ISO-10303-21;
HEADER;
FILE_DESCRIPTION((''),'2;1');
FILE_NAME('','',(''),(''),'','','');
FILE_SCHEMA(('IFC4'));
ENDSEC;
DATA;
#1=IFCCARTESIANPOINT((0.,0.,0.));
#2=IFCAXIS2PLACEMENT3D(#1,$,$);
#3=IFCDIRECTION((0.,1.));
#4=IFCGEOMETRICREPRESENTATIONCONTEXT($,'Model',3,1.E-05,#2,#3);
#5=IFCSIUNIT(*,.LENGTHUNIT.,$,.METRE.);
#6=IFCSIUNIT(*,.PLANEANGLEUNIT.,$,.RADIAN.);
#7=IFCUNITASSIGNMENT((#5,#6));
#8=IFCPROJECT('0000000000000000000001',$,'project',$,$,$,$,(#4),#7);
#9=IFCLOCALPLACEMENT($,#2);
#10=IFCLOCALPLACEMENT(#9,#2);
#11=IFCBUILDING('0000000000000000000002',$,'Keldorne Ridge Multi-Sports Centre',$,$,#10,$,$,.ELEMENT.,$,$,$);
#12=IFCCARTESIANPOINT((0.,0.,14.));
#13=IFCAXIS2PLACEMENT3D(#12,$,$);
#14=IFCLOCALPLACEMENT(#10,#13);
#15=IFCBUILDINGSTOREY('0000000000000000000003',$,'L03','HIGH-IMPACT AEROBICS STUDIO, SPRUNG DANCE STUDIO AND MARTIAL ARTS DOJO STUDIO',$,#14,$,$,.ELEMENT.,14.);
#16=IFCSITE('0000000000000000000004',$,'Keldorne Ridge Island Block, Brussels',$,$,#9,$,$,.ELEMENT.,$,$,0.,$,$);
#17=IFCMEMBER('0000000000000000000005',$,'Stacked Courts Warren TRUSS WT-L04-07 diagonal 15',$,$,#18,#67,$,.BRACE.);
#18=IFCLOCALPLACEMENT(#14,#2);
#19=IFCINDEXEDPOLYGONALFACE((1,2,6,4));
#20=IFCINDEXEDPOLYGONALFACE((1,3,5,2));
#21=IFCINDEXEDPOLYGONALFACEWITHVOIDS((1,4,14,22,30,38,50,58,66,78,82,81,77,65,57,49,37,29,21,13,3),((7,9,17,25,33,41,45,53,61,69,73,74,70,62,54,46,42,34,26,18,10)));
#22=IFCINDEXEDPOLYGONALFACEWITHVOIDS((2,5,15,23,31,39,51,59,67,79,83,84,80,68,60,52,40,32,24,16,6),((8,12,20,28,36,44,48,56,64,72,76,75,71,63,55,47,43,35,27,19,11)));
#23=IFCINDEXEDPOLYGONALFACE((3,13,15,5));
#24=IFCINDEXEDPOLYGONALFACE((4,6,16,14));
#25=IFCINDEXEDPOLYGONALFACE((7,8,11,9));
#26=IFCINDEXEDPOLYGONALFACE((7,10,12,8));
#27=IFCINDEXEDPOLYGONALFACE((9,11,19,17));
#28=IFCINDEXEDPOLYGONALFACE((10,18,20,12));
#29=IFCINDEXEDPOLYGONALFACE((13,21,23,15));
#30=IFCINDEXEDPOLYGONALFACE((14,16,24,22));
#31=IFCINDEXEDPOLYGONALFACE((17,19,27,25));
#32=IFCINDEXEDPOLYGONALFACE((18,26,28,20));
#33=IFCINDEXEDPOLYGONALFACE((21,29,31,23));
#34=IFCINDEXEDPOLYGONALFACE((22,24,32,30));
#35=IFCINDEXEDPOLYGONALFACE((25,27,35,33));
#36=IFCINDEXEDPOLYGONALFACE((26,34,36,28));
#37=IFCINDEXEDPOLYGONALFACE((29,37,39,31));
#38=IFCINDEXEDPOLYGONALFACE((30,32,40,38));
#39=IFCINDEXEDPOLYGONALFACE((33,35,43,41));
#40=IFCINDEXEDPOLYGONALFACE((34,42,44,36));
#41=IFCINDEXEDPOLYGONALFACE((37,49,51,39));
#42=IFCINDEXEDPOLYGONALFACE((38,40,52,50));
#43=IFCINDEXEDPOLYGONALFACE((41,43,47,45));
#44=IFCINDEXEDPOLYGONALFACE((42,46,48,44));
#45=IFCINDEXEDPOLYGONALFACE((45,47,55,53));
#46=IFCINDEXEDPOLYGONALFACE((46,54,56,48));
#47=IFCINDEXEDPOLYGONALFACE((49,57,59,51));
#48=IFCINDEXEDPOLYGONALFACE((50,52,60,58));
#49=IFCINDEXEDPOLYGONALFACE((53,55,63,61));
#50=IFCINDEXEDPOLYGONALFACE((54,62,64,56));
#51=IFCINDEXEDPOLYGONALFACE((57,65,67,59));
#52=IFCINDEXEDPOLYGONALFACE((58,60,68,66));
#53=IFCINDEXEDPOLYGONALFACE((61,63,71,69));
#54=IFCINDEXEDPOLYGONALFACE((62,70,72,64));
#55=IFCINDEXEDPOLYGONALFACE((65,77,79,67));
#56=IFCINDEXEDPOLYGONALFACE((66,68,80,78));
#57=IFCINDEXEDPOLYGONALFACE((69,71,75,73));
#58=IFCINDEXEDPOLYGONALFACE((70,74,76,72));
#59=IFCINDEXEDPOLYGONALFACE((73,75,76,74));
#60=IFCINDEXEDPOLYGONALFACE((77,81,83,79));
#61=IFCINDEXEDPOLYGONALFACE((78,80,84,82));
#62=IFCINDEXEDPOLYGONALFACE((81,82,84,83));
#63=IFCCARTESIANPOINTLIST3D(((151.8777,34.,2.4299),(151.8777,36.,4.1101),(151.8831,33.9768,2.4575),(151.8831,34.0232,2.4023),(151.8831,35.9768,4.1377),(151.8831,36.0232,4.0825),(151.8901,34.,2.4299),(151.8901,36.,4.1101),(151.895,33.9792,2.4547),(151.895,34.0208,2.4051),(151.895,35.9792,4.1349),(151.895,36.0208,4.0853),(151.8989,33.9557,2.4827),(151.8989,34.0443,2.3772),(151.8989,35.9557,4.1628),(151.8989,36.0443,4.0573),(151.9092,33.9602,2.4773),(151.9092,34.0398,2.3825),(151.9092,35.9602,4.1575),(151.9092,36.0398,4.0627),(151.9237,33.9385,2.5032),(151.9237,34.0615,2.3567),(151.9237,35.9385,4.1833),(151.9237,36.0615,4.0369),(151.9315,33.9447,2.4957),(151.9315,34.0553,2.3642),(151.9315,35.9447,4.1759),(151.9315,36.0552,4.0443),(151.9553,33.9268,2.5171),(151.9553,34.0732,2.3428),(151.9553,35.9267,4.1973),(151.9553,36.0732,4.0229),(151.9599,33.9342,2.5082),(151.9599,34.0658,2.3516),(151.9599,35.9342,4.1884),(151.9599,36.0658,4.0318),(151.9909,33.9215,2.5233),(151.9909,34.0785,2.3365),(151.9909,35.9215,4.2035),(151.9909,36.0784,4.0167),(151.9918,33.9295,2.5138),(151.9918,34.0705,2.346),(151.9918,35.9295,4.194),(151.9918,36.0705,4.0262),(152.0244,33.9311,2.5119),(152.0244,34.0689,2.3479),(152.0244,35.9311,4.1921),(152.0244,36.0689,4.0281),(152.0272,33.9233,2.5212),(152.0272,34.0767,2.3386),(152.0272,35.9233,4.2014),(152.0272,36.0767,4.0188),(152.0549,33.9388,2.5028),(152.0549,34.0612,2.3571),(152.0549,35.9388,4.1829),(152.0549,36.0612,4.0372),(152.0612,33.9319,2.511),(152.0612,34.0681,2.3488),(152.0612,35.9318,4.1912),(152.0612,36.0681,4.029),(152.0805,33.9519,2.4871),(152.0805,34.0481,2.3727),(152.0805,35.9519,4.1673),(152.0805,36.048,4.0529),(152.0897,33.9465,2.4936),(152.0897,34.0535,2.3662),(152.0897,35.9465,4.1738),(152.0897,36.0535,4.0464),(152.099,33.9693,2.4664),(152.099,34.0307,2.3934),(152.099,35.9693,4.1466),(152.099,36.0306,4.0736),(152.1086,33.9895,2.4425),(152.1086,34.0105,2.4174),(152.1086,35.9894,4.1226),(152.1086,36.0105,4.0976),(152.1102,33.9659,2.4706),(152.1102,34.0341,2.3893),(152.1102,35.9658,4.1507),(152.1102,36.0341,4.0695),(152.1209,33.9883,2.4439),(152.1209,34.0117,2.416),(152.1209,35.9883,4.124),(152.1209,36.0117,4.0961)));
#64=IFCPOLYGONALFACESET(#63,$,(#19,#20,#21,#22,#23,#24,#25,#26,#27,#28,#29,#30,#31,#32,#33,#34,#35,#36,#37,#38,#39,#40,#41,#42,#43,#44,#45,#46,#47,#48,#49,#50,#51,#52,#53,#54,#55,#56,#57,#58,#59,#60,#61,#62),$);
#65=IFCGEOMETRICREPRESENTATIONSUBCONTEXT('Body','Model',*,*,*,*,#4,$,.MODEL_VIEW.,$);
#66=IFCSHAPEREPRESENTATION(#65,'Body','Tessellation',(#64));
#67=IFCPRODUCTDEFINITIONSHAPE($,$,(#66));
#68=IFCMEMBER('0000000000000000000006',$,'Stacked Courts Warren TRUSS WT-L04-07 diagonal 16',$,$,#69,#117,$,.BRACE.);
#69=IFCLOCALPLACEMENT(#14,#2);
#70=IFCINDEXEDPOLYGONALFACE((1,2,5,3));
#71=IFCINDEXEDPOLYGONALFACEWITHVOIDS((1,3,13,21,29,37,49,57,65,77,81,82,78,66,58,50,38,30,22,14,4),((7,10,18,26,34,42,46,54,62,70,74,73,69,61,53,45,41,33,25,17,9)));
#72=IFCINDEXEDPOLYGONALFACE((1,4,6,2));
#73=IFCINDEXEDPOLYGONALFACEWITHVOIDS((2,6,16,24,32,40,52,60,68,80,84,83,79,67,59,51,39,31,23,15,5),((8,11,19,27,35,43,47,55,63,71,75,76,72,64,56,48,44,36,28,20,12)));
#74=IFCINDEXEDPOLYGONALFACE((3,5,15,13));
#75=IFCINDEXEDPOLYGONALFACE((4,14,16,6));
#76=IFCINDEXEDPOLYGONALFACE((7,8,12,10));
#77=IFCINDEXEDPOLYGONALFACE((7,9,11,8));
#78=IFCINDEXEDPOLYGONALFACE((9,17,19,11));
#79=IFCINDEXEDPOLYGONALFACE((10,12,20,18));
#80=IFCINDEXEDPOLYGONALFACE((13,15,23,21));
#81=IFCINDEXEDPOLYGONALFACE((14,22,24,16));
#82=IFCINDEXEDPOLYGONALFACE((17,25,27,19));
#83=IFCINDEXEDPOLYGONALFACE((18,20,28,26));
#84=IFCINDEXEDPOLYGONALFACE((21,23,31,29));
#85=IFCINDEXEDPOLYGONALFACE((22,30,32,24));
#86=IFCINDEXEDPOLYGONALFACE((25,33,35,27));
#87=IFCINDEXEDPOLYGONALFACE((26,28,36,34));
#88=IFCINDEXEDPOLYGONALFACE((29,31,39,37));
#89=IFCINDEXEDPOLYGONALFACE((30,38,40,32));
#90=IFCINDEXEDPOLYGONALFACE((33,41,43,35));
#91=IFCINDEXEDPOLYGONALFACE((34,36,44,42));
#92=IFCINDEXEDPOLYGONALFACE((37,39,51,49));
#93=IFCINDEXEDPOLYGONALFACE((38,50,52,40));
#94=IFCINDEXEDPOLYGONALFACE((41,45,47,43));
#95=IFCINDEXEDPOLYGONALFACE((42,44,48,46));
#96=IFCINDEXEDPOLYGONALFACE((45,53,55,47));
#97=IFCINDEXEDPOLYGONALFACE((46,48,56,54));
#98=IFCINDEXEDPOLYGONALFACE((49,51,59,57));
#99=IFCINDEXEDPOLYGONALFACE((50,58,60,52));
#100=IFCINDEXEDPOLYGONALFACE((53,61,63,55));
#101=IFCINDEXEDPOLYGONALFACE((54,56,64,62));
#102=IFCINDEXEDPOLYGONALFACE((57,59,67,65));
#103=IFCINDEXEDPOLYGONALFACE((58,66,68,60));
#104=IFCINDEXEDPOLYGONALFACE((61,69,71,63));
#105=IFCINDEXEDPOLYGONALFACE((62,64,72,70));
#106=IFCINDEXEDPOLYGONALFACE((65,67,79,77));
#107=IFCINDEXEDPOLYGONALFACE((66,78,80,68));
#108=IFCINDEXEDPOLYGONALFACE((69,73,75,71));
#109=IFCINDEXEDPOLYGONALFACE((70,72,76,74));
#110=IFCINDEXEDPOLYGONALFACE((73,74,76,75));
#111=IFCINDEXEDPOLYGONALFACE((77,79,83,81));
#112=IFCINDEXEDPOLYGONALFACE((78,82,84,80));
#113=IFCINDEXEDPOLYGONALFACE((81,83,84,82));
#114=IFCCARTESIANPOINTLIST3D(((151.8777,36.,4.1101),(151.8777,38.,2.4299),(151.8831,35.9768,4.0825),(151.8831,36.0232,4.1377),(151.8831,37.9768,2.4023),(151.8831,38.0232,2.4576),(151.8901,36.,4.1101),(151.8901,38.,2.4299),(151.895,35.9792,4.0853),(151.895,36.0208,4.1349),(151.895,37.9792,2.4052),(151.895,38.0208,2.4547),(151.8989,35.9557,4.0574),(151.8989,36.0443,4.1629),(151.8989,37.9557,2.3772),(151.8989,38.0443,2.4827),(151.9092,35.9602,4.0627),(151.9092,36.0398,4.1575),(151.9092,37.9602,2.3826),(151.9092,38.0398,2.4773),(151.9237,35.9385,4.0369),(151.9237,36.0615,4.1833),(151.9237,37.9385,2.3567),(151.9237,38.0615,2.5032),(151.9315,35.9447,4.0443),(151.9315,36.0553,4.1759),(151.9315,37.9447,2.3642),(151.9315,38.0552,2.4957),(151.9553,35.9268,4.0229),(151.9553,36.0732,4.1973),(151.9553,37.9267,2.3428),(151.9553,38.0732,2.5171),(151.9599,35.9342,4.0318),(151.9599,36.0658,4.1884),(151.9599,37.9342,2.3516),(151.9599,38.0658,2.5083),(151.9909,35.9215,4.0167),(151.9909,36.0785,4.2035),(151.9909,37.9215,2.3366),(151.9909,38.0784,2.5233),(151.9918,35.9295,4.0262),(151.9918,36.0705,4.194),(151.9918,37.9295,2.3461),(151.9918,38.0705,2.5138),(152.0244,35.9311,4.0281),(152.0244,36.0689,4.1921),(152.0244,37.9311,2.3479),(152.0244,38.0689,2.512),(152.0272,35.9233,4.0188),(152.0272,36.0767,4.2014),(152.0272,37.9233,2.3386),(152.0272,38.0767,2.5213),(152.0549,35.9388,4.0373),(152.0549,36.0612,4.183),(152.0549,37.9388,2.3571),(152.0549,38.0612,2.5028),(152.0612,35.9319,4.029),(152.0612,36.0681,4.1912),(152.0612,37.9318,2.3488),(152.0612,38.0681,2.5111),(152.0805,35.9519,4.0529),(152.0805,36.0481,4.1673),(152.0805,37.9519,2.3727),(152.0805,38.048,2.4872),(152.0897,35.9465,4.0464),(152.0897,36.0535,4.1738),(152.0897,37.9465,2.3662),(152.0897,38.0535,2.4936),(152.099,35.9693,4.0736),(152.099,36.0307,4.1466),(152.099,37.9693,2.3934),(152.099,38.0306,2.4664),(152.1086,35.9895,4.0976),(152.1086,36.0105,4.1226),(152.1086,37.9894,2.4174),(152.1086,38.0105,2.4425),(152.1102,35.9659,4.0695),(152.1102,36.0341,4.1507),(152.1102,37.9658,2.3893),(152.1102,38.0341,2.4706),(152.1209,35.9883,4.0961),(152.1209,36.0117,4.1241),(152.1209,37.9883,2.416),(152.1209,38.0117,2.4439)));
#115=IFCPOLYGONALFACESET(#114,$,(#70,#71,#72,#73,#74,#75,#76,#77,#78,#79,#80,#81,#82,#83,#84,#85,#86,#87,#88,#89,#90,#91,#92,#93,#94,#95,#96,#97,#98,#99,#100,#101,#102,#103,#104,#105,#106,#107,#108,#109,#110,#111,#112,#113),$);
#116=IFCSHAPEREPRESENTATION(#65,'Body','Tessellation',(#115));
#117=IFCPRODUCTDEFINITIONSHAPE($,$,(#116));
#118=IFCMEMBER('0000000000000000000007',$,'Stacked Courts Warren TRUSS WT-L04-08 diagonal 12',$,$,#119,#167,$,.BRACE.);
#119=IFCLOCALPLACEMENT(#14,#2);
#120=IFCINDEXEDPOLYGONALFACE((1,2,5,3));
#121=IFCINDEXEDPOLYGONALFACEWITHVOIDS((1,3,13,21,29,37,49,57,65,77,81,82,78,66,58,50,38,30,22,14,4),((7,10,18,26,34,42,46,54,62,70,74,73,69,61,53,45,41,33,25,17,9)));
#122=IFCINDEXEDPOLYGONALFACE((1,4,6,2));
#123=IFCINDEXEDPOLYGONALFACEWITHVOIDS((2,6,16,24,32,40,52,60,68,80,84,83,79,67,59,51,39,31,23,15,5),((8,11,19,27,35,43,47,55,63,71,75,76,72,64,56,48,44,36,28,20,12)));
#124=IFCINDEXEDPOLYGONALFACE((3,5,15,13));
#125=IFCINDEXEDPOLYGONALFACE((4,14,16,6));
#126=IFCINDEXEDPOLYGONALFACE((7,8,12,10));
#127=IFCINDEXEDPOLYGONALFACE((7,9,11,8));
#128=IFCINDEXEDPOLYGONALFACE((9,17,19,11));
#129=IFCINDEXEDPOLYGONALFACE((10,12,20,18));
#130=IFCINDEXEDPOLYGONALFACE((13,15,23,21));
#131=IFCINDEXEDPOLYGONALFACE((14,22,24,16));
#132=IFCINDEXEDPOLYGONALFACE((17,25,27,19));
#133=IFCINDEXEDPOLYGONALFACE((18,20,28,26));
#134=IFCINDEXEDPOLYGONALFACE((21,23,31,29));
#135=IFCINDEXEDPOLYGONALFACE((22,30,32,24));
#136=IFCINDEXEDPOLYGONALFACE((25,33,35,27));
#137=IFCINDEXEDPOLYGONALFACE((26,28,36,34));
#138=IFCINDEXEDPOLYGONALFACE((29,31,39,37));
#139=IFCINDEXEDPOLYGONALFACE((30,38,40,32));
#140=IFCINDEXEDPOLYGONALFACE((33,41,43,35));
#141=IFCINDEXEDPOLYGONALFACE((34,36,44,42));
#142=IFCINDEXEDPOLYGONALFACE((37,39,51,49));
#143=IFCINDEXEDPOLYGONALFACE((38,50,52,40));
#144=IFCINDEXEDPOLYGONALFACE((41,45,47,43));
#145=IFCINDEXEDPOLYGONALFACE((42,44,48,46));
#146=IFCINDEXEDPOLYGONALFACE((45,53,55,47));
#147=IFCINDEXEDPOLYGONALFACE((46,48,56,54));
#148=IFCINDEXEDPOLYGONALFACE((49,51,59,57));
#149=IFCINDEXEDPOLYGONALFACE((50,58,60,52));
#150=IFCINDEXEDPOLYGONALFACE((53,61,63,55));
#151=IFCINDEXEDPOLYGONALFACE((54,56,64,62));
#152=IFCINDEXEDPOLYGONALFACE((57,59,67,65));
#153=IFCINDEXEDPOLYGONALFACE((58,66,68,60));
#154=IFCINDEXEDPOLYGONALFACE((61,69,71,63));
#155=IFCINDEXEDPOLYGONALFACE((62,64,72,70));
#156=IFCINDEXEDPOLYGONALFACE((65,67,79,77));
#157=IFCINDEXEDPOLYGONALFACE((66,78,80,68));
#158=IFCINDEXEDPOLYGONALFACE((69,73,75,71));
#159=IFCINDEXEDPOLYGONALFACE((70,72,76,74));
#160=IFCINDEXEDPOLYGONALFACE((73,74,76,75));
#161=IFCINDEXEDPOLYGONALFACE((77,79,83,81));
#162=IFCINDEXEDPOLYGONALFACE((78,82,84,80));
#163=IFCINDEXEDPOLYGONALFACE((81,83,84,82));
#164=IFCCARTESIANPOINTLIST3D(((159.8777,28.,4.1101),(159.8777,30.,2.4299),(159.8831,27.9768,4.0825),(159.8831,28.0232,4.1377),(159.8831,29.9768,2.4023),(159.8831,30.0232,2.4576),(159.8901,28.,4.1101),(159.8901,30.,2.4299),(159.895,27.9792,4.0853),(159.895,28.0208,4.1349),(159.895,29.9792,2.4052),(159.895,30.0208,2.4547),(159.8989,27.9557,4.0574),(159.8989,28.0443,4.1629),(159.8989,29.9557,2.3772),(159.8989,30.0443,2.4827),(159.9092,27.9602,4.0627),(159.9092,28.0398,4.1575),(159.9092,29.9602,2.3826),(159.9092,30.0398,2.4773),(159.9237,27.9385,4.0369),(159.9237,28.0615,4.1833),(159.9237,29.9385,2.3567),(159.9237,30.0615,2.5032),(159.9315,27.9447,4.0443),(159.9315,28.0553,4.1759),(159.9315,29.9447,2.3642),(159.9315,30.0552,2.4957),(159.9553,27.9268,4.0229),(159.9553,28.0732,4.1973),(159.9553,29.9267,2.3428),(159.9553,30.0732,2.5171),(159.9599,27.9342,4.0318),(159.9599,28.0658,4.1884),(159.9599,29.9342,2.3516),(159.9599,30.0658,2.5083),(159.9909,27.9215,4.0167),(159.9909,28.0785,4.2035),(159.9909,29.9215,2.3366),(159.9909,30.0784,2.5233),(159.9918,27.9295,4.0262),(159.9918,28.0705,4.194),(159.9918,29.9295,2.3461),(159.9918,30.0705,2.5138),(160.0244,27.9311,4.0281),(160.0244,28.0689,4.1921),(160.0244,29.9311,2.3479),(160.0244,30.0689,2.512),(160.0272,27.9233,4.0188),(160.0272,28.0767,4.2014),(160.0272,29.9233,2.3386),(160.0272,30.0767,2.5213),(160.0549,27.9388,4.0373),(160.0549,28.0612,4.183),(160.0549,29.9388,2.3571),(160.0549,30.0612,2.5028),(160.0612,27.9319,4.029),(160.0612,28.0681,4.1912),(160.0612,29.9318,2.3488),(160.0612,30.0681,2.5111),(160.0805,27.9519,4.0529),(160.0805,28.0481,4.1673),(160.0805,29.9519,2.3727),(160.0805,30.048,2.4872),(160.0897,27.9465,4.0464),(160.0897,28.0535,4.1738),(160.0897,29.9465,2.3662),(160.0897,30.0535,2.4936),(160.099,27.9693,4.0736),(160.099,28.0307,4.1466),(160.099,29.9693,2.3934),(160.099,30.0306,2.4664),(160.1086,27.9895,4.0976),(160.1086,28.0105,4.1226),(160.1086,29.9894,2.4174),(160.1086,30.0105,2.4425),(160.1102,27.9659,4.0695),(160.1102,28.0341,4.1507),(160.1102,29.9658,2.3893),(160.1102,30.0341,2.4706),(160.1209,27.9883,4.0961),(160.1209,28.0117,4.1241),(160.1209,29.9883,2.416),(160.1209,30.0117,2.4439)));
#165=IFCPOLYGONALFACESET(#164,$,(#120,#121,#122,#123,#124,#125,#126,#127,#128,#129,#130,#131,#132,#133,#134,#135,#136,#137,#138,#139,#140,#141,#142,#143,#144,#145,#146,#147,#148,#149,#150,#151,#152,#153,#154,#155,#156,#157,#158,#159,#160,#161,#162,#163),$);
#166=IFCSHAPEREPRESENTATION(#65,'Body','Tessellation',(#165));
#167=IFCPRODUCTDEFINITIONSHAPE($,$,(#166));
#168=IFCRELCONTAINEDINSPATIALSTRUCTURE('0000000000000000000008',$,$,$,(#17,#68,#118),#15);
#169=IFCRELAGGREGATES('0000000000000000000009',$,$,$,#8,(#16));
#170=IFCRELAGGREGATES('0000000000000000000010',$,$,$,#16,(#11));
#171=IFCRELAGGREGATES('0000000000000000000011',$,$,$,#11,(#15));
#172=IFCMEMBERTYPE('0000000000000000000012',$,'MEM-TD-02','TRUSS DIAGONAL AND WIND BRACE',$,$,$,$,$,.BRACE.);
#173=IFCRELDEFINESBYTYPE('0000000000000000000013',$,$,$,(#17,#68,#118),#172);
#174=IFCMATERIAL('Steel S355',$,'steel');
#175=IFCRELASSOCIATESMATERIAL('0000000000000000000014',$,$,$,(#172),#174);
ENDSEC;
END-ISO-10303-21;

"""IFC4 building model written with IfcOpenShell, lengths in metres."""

from ifc_helpers import new_model, si_unit, direction, frame, origin, origin_2d, place, context, subcontext, project, spatial, hollow_circle, extrude, material, material_profile, profile_set, type_object, element, save


model = new_model("IFC4")

# Units and contexts
model_context = context("Model", 3, precision=1e-05, world=origin(), true_north=direction((0.0, 1.0)))
body_context = subcontext(model_context, "Body", "Model", "MODEL_VIEW")
ifc_project = project(units=[si_unit("LENGTHUNIT", "METRE"), si_unit("PLANEANGLEUNIT", "RADIAN")], contexts=[model_context])

# Site, building, storey
site_placement = place(None, origin())
site = spatial("IfcSite", under=ifc_project, at=site_placement, Name="Keldorne Ridge Island Block, Brussels", CompositionType="ELEMENT", RefElevation=0.0)
building_placement = place(site_placement, origin())
building = spatial("IfcBuilding", under=site, at=building_placement, Name="Keldorne Ridge Multi-Sports Centre", CompositionType="ELEMENT")
storey_placement = place(building_placement, frame((0.0, 0.0, 14.0)))
storey = spatial("IfcBuildingStorey", under=building, at=storey_placement, Name="L03", Description="HIGH-IMPACT AEROBICS STUDIO, SPRUNG DANCE STUDIO AND MARTIAL ARTS DOJO STUDIO", CompositionType="ELEMENT", Elevation=14.0)

# Members
ifc_material = material(Name="Steel S355", Category="steel")
ifc_material_profile_1 = material_profile(ifc_material, hollow_circle(Radius=0.1223, WallThickness=0.0125, at=origin_2d()), Name="CHS 244.5x12.5")
ifc_profile_set_1 = profile_set([ifc_material_profile_1], Name="Steel S355")
member_type_1 = type_object("IfcMemberType", Name="MEM-TD-02", Description="TRUSS DIAGONAL AND WIND BRACE", PredefinedType="BRACE", material=ifc_profile_set_1)
for number, where, z_axis, x_axis, name in (
    (1, (152.0, 34.0, 2.4299), (0.0, 0.765672, 0.643232), (-1.0, 0.0, 0.0), "Stacked Courts Warren TRUSS WT-L04-07 diagonal 15"),
    (2, (152.0, 36.0, 4.1101), (0.0, 0.765672, -0.643232), (-1.0, 0.0, 0.0), "Stacked Courts Warren TRUSS WT-L04-07 diagonal 16"),
    (3, (160.0, 28.0, 4.1101), (0.0, 0.765672, -0.643232), (-1.0, 0.0, 0.0), "Stacked Courts Warren TRUSS WT-L04-08 diagonal 12"),
):
    element("IfcMember", number, at=place(storey_placement, frame(where, z_axis=z_axis, x_axis=x_axis)), inside=storey, type_object=member_type_1, Name=name, PredefinedType="BRACE", context=body_context, shape_type="SweptSolid", body=[
        extrude(hollow_circle(Radius=0.1223, WallThickness=0.0125, at=origin_2d()), origin(), (0.0, 0.0, 1.0), 2.6121),
    ])

save(model, "model.ifc")
